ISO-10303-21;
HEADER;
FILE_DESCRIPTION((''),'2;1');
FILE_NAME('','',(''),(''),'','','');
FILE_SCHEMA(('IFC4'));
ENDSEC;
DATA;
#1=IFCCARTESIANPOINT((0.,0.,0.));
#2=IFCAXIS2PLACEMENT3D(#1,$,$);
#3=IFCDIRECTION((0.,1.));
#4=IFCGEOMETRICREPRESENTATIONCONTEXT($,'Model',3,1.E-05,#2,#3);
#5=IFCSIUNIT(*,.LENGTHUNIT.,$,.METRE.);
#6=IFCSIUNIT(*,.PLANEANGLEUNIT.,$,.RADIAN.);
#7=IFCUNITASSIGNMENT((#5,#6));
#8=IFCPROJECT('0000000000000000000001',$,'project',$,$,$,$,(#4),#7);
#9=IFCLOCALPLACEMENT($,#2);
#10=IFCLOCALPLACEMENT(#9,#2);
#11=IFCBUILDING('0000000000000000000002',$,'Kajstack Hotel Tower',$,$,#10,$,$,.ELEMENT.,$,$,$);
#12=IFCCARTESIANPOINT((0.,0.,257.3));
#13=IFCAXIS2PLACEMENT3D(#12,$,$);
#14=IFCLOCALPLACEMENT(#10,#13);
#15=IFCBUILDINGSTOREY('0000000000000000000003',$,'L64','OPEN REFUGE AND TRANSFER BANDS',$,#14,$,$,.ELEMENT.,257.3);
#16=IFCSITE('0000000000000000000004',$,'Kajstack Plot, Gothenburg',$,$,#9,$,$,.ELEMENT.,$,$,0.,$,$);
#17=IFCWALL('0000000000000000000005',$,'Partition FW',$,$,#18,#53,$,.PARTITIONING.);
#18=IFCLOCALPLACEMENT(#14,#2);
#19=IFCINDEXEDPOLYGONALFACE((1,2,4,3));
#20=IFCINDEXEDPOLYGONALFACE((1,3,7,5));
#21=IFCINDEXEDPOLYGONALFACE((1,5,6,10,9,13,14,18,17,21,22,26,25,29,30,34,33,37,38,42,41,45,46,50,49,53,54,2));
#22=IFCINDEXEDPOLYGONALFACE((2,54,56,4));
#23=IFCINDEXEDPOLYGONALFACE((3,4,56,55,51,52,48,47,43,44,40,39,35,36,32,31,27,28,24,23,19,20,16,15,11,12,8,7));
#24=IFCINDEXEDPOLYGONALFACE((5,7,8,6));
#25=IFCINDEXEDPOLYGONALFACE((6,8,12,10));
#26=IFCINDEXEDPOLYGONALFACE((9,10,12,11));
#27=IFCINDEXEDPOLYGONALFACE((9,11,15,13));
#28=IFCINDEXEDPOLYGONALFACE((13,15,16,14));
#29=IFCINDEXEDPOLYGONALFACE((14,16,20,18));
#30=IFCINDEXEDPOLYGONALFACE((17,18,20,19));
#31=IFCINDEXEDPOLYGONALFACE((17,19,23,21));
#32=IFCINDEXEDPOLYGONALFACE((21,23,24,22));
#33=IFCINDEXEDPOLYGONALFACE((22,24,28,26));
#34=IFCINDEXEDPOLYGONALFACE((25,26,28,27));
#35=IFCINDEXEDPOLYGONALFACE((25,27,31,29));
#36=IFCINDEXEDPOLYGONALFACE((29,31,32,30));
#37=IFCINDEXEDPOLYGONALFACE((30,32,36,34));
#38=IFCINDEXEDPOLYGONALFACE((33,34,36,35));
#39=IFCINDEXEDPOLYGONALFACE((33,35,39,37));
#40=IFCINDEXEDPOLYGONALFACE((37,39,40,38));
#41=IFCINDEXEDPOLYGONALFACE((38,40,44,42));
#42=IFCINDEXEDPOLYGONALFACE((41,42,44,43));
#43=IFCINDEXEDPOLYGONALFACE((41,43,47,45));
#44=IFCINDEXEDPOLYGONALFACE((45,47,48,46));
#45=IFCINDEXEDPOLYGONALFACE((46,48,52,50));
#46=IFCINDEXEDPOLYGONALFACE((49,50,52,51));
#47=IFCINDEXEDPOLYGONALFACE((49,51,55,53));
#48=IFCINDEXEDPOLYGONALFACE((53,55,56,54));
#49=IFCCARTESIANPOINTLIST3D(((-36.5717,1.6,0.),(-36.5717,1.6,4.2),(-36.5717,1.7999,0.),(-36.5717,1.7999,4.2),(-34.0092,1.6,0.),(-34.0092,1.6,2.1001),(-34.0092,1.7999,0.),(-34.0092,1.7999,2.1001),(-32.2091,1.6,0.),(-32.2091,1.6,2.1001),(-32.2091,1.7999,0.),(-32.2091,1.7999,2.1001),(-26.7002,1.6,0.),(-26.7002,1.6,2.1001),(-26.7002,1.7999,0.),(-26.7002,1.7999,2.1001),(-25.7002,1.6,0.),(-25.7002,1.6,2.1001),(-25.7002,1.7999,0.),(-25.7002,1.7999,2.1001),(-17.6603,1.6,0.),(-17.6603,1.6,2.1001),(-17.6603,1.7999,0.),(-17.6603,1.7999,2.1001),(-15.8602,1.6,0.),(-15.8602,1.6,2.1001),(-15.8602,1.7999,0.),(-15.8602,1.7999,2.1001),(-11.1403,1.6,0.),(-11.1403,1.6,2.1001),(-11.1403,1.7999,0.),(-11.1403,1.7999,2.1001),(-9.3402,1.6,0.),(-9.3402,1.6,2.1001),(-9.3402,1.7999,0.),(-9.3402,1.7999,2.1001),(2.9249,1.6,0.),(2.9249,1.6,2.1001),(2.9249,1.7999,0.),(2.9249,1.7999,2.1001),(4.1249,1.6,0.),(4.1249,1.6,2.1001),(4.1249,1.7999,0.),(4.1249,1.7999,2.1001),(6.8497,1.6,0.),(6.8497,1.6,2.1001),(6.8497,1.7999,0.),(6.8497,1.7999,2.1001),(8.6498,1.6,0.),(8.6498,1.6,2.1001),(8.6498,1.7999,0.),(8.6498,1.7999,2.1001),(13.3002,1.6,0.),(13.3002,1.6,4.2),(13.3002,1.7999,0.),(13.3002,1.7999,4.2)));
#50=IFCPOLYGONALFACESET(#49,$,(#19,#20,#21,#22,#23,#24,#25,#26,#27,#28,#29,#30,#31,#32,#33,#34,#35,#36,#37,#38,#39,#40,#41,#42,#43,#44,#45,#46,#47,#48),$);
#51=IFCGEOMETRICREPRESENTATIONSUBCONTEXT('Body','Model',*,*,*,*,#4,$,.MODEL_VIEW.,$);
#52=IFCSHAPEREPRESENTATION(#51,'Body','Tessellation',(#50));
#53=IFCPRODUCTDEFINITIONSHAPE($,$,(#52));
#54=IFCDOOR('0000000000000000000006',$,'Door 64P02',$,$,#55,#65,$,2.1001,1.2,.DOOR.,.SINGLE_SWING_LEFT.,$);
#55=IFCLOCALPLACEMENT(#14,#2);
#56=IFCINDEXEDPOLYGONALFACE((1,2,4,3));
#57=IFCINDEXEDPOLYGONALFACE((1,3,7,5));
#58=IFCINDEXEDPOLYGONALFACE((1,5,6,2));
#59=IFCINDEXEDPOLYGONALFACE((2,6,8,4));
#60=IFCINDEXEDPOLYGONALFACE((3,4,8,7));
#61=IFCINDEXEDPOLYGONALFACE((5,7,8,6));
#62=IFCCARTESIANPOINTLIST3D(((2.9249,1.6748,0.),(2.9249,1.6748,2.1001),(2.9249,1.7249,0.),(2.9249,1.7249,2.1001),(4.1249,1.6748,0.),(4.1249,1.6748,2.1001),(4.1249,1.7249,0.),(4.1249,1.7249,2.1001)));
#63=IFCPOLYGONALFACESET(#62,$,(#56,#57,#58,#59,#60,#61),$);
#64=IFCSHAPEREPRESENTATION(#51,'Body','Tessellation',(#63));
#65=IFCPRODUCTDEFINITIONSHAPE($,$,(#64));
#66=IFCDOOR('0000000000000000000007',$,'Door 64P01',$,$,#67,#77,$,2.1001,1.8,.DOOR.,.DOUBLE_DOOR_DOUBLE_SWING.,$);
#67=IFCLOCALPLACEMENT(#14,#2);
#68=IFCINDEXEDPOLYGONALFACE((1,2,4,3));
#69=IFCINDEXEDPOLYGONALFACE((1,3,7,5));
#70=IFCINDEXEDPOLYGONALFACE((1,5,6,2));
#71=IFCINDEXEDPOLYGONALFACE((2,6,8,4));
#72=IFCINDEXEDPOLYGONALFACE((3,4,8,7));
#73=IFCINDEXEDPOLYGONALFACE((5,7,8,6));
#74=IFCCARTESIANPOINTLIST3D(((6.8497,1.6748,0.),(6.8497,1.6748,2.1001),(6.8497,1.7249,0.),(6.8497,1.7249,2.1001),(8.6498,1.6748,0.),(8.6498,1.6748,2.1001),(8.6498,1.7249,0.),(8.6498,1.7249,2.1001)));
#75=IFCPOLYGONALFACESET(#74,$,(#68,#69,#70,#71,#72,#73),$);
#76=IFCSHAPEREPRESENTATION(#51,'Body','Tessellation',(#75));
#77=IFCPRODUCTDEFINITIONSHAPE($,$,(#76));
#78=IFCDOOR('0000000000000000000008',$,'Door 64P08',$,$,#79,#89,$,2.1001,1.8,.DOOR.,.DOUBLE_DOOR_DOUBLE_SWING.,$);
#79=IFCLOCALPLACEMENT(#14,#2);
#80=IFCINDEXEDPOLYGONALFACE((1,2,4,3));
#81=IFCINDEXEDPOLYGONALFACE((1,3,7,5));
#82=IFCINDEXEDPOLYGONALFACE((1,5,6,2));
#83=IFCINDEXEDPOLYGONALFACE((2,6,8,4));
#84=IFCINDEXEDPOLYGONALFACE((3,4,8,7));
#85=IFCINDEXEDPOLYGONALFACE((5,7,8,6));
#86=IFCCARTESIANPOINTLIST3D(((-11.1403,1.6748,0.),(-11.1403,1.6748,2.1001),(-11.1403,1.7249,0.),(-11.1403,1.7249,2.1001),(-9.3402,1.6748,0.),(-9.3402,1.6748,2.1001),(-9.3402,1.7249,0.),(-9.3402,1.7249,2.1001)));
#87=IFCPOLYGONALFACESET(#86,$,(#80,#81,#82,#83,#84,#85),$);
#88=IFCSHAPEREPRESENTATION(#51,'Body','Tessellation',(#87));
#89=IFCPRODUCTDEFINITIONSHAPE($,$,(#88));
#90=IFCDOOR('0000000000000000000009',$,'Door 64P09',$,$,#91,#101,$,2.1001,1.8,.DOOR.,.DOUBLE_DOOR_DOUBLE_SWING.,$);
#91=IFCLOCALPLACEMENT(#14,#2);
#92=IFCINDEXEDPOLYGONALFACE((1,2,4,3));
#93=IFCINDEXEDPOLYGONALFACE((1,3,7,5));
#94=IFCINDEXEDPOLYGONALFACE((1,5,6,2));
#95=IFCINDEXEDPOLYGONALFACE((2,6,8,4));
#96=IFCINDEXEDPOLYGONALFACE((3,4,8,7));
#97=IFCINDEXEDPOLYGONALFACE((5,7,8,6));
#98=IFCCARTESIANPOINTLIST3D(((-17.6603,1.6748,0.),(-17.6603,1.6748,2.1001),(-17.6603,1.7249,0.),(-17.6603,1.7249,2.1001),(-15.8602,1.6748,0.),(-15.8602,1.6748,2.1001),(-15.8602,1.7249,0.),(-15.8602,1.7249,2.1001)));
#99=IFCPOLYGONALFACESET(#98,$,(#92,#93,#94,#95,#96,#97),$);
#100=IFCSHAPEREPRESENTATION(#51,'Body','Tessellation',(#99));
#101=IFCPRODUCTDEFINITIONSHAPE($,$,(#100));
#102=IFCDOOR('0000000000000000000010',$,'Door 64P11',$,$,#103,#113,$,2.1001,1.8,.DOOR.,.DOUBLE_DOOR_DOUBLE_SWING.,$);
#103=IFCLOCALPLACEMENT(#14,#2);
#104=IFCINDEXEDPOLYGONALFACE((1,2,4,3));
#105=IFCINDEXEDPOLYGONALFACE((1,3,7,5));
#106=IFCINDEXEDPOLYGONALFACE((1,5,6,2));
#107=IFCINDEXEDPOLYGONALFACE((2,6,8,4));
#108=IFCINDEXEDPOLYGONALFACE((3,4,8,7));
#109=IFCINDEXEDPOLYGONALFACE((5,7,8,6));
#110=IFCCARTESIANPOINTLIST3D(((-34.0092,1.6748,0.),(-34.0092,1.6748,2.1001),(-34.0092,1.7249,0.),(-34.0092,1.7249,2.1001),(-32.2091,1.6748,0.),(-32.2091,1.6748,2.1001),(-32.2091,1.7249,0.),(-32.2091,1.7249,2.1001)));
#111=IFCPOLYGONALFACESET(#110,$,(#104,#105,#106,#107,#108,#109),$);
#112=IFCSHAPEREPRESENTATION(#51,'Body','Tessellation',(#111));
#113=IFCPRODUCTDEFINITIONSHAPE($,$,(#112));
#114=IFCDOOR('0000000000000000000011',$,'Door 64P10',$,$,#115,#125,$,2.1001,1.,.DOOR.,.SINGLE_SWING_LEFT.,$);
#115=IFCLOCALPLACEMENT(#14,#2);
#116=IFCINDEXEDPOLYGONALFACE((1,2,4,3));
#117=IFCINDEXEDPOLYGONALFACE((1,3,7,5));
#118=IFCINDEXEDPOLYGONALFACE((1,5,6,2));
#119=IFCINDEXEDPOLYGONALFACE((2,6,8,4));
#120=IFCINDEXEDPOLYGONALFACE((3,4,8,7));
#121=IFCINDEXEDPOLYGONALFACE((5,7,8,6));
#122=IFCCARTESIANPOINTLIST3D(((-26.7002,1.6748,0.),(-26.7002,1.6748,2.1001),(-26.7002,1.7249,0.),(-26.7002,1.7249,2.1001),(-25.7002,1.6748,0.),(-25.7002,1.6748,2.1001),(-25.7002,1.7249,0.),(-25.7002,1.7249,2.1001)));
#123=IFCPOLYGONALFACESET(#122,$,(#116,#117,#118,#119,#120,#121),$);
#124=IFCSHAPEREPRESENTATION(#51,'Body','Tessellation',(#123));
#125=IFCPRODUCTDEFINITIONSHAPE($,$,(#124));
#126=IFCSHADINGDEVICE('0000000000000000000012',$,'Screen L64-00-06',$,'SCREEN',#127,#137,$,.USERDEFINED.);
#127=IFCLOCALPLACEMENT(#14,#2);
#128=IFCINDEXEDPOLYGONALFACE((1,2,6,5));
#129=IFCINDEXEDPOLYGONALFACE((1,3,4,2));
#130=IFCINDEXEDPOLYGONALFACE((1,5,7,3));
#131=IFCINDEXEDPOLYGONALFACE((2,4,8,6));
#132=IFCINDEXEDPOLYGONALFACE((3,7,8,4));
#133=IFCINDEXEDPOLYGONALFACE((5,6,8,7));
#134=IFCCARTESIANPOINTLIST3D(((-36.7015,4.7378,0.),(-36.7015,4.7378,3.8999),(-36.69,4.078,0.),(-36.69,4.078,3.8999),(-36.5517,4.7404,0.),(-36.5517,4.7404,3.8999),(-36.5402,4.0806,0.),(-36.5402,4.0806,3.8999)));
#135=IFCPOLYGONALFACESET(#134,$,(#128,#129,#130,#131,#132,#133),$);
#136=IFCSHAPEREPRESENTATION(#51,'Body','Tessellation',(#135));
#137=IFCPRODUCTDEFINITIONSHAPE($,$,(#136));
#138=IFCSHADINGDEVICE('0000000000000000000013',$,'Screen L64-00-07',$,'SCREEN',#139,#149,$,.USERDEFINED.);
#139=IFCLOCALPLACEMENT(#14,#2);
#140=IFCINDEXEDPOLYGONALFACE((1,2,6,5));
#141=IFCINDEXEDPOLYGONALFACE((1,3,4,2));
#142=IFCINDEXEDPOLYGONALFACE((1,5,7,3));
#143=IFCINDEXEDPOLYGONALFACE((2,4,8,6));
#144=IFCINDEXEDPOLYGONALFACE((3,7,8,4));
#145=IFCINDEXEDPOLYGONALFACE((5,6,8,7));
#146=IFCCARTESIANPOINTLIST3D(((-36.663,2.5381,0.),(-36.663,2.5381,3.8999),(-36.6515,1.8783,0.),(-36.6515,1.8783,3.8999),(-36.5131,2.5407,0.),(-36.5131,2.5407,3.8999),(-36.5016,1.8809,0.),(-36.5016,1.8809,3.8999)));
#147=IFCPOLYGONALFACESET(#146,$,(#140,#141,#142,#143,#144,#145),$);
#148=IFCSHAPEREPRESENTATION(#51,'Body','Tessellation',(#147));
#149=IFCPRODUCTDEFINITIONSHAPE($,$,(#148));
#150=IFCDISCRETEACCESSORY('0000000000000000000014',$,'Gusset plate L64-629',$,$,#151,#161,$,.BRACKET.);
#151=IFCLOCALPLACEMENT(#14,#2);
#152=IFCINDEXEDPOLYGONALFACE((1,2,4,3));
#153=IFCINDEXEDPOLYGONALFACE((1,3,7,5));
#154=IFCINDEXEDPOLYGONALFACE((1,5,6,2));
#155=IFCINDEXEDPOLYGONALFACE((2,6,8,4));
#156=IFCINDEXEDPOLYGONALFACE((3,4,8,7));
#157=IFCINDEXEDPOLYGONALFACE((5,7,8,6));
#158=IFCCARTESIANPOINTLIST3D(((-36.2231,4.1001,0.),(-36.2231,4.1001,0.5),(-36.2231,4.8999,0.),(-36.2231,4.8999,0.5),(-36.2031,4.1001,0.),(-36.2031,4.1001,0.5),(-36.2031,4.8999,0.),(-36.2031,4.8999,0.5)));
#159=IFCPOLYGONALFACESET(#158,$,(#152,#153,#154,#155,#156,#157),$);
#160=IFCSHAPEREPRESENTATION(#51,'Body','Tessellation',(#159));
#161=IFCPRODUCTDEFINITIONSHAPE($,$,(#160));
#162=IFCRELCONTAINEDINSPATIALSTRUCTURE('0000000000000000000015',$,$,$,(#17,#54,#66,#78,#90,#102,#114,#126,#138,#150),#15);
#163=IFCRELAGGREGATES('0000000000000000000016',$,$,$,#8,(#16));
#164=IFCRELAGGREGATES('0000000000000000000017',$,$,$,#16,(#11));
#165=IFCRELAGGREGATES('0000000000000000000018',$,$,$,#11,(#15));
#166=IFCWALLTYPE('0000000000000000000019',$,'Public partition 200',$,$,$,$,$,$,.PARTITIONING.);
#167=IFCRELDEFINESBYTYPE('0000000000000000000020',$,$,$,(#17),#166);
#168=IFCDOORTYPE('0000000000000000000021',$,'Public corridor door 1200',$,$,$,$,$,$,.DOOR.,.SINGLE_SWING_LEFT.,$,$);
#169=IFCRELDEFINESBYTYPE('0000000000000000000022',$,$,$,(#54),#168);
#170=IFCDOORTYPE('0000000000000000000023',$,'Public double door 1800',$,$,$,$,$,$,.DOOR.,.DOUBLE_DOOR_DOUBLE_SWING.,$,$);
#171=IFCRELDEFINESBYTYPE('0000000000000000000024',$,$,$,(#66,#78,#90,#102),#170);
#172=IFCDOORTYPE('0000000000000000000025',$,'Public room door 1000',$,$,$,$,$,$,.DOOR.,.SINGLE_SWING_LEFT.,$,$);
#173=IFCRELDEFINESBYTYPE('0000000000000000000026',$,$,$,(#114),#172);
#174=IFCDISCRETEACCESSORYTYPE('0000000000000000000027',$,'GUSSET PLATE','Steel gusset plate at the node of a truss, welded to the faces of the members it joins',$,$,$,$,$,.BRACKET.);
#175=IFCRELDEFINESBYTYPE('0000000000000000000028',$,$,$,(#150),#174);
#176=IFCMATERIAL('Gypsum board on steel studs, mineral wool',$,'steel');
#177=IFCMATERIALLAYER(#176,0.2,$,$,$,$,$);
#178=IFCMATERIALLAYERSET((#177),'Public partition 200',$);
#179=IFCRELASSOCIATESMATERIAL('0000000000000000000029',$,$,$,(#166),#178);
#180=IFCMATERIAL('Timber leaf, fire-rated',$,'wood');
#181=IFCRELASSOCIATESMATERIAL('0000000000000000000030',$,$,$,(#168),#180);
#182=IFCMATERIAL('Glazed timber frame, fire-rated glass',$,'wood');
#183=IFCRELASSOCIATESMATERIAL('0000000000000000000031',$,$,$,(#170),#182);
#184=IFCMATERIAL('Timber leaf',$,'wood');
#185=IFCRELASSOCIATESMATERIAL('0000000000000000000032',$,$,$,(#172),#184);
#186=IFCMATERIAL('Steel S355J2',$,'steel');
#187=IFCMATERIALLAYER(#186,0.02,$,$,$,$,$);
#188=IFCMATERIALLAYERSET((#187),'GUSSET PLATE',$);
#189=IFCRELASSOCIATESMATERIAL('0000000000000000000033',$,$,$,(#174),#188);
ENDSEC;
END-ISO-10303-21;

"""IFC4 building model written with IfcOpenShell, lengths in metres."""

from ifc_helpers import new_model, si_unit, direction, frame, frame_2d, origin, origin_2d, place, context, subcontext, project, spatial, polyline, rectangle, outline, extrude, material, layer, layer_set, type_object, element, fill, save


model = new_model("IFC4")

# Units and contexts
model_context = context("Model", 3, precision=1e-05, world=origin(), true_north=direction((0.0, 1.0)))
body_context = subcontext(model_context, "Body", "Model", "MODEL_VIEW")
ifc_project = project(units=[si_unit("LENGTHUNIT", "METRE"), si_unit("PLANEANGLEUNIT", "RADIAN")], contexts=[model_context])

# Site, building, storey
site_placement = place(None, origin())
site = spatial("IfcSite", under=ifc_project, at=site_placement, Name="Kajstack Plot, Gothenburg", CompositionType="ELEMENT", RefElevation=0.0)
building_placement = place(site_placement, origin())
building = spatial("IfcBuilding", under=site, at=building_placement, Name="Kajstack Hotel Tower", CompositionType="ELEMENT")
storey_placement = place(building_placement, frame((0.0, 0.0, 257.3)))
storey = spatial("IfcBuildingStorey", under=building, at=storey_placement, Name="L64", Description="OPEN REFUGE AND TRANSFER BANDS", CompositionType="ELEMENT", Elevation=257.3)

# Shared definitions
ifc_material_1 = material(Name="Steel S355J2", Category="steel")

# Shared definitions
ifc_material_2 = material(Name="Gypsum board on steel studs, mineral wool", Category="steel")
ifc_layer_1 = layer(ifc_material_2, 0.2)
ifc_layer_set_1 = layer_set([ifc_layer_1], Name="Public partition 200")
wall_type = type_object("IfcWallType", Name="Public partition 200", PredefinedType="PARTITIONING", material=ifc_layer_set_1)

# Wall, openings, doors
wall_1_placement = place(storey_placement, frame((-36.5718, 1.7, 0.0), z_axis=(0.0, 0.0, 1.0), x_axis=(1.0, 0.0, 0.0)))
wall_1 = element("IfcWall", 1, at=wall_1_placement, inside=storey, type_object=wall_type, Name="Partition FW", PredefinedType="PARTITIONING", context=body_context, shape_type="SweptSolid", body=[
    extrude(rectangle(XDim=49.8718, YDim=0.2, at=frame_2d((24.936, 0.0))), origin(), (0.0, 0.0, 1.0), 4.2),
])
opening_1_placement = place(wall_1_placement, frame((43.4216, 0.0, 0.0)))
opening_1 = element("IfcOpeningElement", 2, at=opening_1_placement, cuts=wall_1, PredefinedType="OPENING", context=body_context, shape_type="SweptSolid", body=[
    extrude(rectangle(XDim=1.8, YDim=2.1001, at=frame_2d((0.8999, 1.05))), frame((0.0, 0.1099, 0.0), z_axis=(0.0, -1.0, 0.0), x_axis=(1.0, 0.0, 0.0)), (0.0, 0.0, 1.0), 0.22),
])
opening_2_placement = place(wall_1_placement, frame((39.4966, 0.0, 0.0)))
opening_2 = element("IfcOpeningElement", 3, at=opening_2_placement, cuts=wall_1, PredefinedType="OPENING", context=body_context, shape_type="SweptSolid", body=[
    extrude(rectangle(XDim=1.2, YDim=2.1001, at=frame_2d((0.6001, 1.05))), frame((0.0, 0.1099, 0.0), z_axis=(0.0, -1.0, 0.0), x_axis=(1.0, 0.0, 0.0)), (0.0, 0.0, 1.0), 0.22),
])
opening_3_placement = place(wall_1_placement, frame((25.4316, 0.0, 0.0)))
opening_3 = element("IfcOpeningElement", 4, at=opening_3_placement, cuts=wall_1, PredefinedType="OPENING", context=body_context, shape_type="SweptSolid", body=[
    extrude(rectangle(XDim=1.8, YDim=2.1001, at=frame_2d((0.8999, 1.05))), frame((0.0, 0.1099, 0.0), z_axis=(0.0, -1.0, 0.0), x_axis=(1.0, 0.0, 0.0)), (0.0, 0.0, 1.0), 0.22),
])
opening_4_placement = place(wall_1_placement, frame((18.9116, 0.0, 0.0)))
opening_4 = element("IfcOpeningElement", 5, at=opening_4_placement, cuts=wall_1, PredefinedType="OPENING", context=body_context, shape_type="SweptSolid", body=[
    extrude(rectangle(XDim=1.8, YDim=2.1001, at=frame_2d((0.8999, 1.05))), frame((0.0, 0.1099, 0.0), z_axis=(0.0, -1.0, 0.0), x_axis=(1.0, 0.0, 0.0)), (0.0, 0.0, 1.0), 0.22),
])
opening_5_placement = place(wall_1_placement, frame((9.8716, 0.0, 0.0)))
opening_5 = element("IfcOpeningElement", 6, at=opening_5_placement, cuts=wall_1, PredefinedType="OPENING", context=body_context, shape_type="SweptSolid", body=[
    extrude(rectangle(XDim=1.0, YDim=2.1001, at=frame_2d((0.5, 1.05))), frame((0.0, 0.1099, 0.0), z_axis=(0.0, -1.0, 0.0), x_axis=(1.0, 0.0, 0.0)), (0.0, 0.0, 1.0), 0.22),
])
opening_6_placement = place(wall_1_placement, frame((2.5627, 0.0, 0.0)))
opening_6 = element("IfcOpeningElement", 7, at=opening_6_placement, cuts=wall_1, PredefinedType="OPENING", context=body_context, shape_type="SweptSolid", body=[
    extrude(rectangle(XDim=1.8, YDim=2.1001, at=frame_2d((0.8999, 1.05))), frame((0.0, 0.1099, 0.0), z_axis=(0.0, -1.0, 0.0), x_axis=(1.0, 0.0, 0.0)), (0.0, 0.0, 1.0), 0.22),
])
ifc_material_3 = material(Name="Timber leaf, fire-rated", Category="wood")
door_type_1 = type_object("IfcDoorType", Name="Public corridor door 1200", OperationType="SINGLE_SWING_LEFT", PredefinedType="DOOR", material=ifc_material_3)
door_1_placement = place(opening_2_placement, origin())
door_1 = element("IfcDoor", 8, at=door_1_placement, inside=storey, type_object=door_type_1, Name="Door 64P02", OperationType="SINGLE_SWING_LEFT", OverallHeight=2.1001, OverallWidth=1.2, PredefinedType="DOOR", context=body_context, shape_type="SweptSolid", body=[
    extrude(rectangle(XDim=1.2, YDim=2.1001, at=frame_2d((0.6001, 1.05))), frame((0.0, 0.0249, 0.0), z_axis=(0.0, -1.0, 0.0), x_axis=(1.0, 0.0, 0.0)), (0.0, 0.0, 1.0), 0.05),
])
fill(opening_2, door_1)
ifc_material_4 = material(Name="Glazed timber frame, fire-rated glass", Category="wood")
door_type_2 = type_object("IfcDoorType", Name="Public double door 1800", OperationType="DOUBLE_DOOR_DOUBLE_SWING", PredefinedType="DOOR", material=ifc_material_4)
door_2_placement = place(opening_1_placement, origin())
door_2 = element("IfcDoor", 9, at=door_2_placement, inside=storey, type_object=door_type_2, Name="Door 64P01", OperationType="DOUBLE_DOOR_DOUBLE_SWING", OverallHeight=2.1001, OverallWidth=1.8, PredefinedType="DOOR", context=body_context, shape_type="SweptSolid", body=[
    extrude(rectangle(XDim=1.8, YDim=2.1001, at=frame_2d((0.8999, 1.05))), frame((0.0, 0.0249, 0.0), z_axis=(0.0, -1.0, 0.0), x_axis=(1.0, 0.0, 0.0)), (0.0, 0.0, 1.0), 0.05),
])
fill(opening_1, door_2)
door_3_placement = place(opening_3_placement, origin())
door_3 = element("IfcDoor", 10, at=door_3_placement, inside=storey, type_object=door_type_2, Name="Door 64P08", OperationType="DOUBLE_DOOR_DOUBLE_SWING", OverallHeight=2.1001, OverallWidth=1.8, PredefinedType="DOOR", context=body_context, shape_type="SweptSolid", body=[
    extrude(rectangle(XDim=1.8, YDim=2.1001, at=frame_2d((0.8999, 1.05))), frame((0.0, 0.0249, 0.0), z_axis=(0.0, -1.0, 0.0), x_axis=(1.0, 0.0, 0.0)), (0.0, 0.0, 1.0), 0.05),
])
fill(opening_3, door_3)
door_4_placement = place(opening_4_placement, origin())
door_4 = element("IfcDoor", 11, at=door_4_placement, inside=storey, type_object=door_type_2, Name="Door 64P09", OperationType="DOUBLE_DOOR_DOUBLE_SWING", OverallHeight=2.1001, OverallWidth=1.8, PredefinedType="DOOR", context=body_context, shape_type="SweptSolid", body=[
    extrude(rectangle(XDim=1.8, YDim=2.1001, at=frame_2d((0.8999, 1.05))), frame((0.0, 0.0249, 0.0), z_axis=(0.0, -1.0, 0.0), x_axis=(1.0, 0.0, 0.0)), (0.0, 0.0, 1.0), 0.05),
])
fill(opening_4, door_4)
door_5_placement = place(opening_6_placement, origin())
door_5 = element("IfcDoor", 12, at=door_5_placement, inside=storey, type_object=door_type_2, Name="Door 64P11", OperationType="DOUBLE_DOOR_DOUBLE_SWING", OverallHeight=2.1001, OverallWidth=1.8, PredefinedType="DOOR", context=body_context, shape_type="SweptSolid", body=[
    extrude(rectangle(XDim=1.8, YDim=2.1001, at=frame_2d((0.8999, 1.05))), frame((0.0, 0.0249, 0.0), z_axis=(0.0, -1.0, 0.0), x_axis=(1.0, 0.0, 0.0)), (0.0, 0.0, 1.0), 0.05),
])
fill(opening_6, door_5)
ifc_material_5 = material(Name="Timber leaf", Category="wood")
door_type_3 = type_object("IfcDoorType", Name="Public room door 1000", OperationType="SINGLE_SWING_LEFT", PredefinedType="DOOR", material=ifc_material_5)
door_6_placement = place(opening_5_placement, origin())
door_6 = element("IfcDoor", 13, at=door_6_placement, inside=storey, type_object=door_type_3, Name="Door 64P10", OperationType="SINGLE_SWING_LEFT", OverallHeight=2.1001, OverallWidth=1.0, PredefinedType="DOOR", context=body_context, shape_type="SweptSolid", body=[
    extrude(rectangle(XDim=1.0, YDim=2.1001, at=frame_2d((0.5, 1.05))), frame((0.0, 0.0249, 0.0), z_axis=(0.0, -1.0, 0.0), x_axis=(1.0, 0.0, 0.0)), (0.0, 0.0, 1.0), 0.05),
])
fill(opening_5, door_6)

# Shading devices
for number, where, z_axis, x_axis, name in (
    (14, (-36.6208, 4.4092, 0.0), (0.0, 0.0, 1.0), (0.017455, -0.999848, 0.0), "Screen L64-00-06"),
    (15, (-36.5823, 2.2095, 0.0), (0.0, 0.0, 1.0), (0.017455, -0.999848, 0.0), "Screen L64-00-07"),
):
    element("IfcShadingDevice", number, at=place(storey_placement, frame(where, z_axis=z_axis, x_axis=x_axis)), inside=storey, Name=name, ObjectType="SCREEN", PredefinedType="USERDEFINED", context=body_context, shape_type="SweptSolid", body=[
        extrude(rectangle(XDim=0.6599, YDim=0.1499, at=origin_2d()), origin(), (0.0, 0.0, 1.0), 3.8999),
    ])

# Discrete accessory
ifc_layer_2 = layer(ifc_material_1, 0.02)
ifc_layer_set_2 = layer_set([ifc_layer_2], Name="GUSSET PLATE")
discrete_accessory_type = type_object("IfcDiscreteAccessoryType", Name="GUSSET PLATE", Description="Steel gusset plate at the node of a truss, welded to the faces of the members it joins", PredefinedType="BRACKET", material=ifc_layer_set_2)
for number, where, z_axis, x_axis, name in (
    (16, (-36.2231, 4.5, 0.0), (1.0, 0.0, 0.0), (0.0, 1.0, 0.0), "Gusset plate L64-629"),
):
    element("IfcDiscreteAccessory", number, at=place(storey_placement, frame(where, z_axis=z_axis, x_axis=x_axis)), inside=storey, type_object=discrete_accessory_type, Name=name, PredefinedType="BRACKET", context=body_context, shape_type="SweptSolid", body=[
        extrude(outline(polyline([(-0.3999, 0.0), (0.3999, 0.0), (0.3999, 0.5), (-0.3999, 0.5), (-0.3999, 0.0)])), origin(), (0.0, 0.0, 1.0), 0.02),
    ])

save(model, "model.ifc")
